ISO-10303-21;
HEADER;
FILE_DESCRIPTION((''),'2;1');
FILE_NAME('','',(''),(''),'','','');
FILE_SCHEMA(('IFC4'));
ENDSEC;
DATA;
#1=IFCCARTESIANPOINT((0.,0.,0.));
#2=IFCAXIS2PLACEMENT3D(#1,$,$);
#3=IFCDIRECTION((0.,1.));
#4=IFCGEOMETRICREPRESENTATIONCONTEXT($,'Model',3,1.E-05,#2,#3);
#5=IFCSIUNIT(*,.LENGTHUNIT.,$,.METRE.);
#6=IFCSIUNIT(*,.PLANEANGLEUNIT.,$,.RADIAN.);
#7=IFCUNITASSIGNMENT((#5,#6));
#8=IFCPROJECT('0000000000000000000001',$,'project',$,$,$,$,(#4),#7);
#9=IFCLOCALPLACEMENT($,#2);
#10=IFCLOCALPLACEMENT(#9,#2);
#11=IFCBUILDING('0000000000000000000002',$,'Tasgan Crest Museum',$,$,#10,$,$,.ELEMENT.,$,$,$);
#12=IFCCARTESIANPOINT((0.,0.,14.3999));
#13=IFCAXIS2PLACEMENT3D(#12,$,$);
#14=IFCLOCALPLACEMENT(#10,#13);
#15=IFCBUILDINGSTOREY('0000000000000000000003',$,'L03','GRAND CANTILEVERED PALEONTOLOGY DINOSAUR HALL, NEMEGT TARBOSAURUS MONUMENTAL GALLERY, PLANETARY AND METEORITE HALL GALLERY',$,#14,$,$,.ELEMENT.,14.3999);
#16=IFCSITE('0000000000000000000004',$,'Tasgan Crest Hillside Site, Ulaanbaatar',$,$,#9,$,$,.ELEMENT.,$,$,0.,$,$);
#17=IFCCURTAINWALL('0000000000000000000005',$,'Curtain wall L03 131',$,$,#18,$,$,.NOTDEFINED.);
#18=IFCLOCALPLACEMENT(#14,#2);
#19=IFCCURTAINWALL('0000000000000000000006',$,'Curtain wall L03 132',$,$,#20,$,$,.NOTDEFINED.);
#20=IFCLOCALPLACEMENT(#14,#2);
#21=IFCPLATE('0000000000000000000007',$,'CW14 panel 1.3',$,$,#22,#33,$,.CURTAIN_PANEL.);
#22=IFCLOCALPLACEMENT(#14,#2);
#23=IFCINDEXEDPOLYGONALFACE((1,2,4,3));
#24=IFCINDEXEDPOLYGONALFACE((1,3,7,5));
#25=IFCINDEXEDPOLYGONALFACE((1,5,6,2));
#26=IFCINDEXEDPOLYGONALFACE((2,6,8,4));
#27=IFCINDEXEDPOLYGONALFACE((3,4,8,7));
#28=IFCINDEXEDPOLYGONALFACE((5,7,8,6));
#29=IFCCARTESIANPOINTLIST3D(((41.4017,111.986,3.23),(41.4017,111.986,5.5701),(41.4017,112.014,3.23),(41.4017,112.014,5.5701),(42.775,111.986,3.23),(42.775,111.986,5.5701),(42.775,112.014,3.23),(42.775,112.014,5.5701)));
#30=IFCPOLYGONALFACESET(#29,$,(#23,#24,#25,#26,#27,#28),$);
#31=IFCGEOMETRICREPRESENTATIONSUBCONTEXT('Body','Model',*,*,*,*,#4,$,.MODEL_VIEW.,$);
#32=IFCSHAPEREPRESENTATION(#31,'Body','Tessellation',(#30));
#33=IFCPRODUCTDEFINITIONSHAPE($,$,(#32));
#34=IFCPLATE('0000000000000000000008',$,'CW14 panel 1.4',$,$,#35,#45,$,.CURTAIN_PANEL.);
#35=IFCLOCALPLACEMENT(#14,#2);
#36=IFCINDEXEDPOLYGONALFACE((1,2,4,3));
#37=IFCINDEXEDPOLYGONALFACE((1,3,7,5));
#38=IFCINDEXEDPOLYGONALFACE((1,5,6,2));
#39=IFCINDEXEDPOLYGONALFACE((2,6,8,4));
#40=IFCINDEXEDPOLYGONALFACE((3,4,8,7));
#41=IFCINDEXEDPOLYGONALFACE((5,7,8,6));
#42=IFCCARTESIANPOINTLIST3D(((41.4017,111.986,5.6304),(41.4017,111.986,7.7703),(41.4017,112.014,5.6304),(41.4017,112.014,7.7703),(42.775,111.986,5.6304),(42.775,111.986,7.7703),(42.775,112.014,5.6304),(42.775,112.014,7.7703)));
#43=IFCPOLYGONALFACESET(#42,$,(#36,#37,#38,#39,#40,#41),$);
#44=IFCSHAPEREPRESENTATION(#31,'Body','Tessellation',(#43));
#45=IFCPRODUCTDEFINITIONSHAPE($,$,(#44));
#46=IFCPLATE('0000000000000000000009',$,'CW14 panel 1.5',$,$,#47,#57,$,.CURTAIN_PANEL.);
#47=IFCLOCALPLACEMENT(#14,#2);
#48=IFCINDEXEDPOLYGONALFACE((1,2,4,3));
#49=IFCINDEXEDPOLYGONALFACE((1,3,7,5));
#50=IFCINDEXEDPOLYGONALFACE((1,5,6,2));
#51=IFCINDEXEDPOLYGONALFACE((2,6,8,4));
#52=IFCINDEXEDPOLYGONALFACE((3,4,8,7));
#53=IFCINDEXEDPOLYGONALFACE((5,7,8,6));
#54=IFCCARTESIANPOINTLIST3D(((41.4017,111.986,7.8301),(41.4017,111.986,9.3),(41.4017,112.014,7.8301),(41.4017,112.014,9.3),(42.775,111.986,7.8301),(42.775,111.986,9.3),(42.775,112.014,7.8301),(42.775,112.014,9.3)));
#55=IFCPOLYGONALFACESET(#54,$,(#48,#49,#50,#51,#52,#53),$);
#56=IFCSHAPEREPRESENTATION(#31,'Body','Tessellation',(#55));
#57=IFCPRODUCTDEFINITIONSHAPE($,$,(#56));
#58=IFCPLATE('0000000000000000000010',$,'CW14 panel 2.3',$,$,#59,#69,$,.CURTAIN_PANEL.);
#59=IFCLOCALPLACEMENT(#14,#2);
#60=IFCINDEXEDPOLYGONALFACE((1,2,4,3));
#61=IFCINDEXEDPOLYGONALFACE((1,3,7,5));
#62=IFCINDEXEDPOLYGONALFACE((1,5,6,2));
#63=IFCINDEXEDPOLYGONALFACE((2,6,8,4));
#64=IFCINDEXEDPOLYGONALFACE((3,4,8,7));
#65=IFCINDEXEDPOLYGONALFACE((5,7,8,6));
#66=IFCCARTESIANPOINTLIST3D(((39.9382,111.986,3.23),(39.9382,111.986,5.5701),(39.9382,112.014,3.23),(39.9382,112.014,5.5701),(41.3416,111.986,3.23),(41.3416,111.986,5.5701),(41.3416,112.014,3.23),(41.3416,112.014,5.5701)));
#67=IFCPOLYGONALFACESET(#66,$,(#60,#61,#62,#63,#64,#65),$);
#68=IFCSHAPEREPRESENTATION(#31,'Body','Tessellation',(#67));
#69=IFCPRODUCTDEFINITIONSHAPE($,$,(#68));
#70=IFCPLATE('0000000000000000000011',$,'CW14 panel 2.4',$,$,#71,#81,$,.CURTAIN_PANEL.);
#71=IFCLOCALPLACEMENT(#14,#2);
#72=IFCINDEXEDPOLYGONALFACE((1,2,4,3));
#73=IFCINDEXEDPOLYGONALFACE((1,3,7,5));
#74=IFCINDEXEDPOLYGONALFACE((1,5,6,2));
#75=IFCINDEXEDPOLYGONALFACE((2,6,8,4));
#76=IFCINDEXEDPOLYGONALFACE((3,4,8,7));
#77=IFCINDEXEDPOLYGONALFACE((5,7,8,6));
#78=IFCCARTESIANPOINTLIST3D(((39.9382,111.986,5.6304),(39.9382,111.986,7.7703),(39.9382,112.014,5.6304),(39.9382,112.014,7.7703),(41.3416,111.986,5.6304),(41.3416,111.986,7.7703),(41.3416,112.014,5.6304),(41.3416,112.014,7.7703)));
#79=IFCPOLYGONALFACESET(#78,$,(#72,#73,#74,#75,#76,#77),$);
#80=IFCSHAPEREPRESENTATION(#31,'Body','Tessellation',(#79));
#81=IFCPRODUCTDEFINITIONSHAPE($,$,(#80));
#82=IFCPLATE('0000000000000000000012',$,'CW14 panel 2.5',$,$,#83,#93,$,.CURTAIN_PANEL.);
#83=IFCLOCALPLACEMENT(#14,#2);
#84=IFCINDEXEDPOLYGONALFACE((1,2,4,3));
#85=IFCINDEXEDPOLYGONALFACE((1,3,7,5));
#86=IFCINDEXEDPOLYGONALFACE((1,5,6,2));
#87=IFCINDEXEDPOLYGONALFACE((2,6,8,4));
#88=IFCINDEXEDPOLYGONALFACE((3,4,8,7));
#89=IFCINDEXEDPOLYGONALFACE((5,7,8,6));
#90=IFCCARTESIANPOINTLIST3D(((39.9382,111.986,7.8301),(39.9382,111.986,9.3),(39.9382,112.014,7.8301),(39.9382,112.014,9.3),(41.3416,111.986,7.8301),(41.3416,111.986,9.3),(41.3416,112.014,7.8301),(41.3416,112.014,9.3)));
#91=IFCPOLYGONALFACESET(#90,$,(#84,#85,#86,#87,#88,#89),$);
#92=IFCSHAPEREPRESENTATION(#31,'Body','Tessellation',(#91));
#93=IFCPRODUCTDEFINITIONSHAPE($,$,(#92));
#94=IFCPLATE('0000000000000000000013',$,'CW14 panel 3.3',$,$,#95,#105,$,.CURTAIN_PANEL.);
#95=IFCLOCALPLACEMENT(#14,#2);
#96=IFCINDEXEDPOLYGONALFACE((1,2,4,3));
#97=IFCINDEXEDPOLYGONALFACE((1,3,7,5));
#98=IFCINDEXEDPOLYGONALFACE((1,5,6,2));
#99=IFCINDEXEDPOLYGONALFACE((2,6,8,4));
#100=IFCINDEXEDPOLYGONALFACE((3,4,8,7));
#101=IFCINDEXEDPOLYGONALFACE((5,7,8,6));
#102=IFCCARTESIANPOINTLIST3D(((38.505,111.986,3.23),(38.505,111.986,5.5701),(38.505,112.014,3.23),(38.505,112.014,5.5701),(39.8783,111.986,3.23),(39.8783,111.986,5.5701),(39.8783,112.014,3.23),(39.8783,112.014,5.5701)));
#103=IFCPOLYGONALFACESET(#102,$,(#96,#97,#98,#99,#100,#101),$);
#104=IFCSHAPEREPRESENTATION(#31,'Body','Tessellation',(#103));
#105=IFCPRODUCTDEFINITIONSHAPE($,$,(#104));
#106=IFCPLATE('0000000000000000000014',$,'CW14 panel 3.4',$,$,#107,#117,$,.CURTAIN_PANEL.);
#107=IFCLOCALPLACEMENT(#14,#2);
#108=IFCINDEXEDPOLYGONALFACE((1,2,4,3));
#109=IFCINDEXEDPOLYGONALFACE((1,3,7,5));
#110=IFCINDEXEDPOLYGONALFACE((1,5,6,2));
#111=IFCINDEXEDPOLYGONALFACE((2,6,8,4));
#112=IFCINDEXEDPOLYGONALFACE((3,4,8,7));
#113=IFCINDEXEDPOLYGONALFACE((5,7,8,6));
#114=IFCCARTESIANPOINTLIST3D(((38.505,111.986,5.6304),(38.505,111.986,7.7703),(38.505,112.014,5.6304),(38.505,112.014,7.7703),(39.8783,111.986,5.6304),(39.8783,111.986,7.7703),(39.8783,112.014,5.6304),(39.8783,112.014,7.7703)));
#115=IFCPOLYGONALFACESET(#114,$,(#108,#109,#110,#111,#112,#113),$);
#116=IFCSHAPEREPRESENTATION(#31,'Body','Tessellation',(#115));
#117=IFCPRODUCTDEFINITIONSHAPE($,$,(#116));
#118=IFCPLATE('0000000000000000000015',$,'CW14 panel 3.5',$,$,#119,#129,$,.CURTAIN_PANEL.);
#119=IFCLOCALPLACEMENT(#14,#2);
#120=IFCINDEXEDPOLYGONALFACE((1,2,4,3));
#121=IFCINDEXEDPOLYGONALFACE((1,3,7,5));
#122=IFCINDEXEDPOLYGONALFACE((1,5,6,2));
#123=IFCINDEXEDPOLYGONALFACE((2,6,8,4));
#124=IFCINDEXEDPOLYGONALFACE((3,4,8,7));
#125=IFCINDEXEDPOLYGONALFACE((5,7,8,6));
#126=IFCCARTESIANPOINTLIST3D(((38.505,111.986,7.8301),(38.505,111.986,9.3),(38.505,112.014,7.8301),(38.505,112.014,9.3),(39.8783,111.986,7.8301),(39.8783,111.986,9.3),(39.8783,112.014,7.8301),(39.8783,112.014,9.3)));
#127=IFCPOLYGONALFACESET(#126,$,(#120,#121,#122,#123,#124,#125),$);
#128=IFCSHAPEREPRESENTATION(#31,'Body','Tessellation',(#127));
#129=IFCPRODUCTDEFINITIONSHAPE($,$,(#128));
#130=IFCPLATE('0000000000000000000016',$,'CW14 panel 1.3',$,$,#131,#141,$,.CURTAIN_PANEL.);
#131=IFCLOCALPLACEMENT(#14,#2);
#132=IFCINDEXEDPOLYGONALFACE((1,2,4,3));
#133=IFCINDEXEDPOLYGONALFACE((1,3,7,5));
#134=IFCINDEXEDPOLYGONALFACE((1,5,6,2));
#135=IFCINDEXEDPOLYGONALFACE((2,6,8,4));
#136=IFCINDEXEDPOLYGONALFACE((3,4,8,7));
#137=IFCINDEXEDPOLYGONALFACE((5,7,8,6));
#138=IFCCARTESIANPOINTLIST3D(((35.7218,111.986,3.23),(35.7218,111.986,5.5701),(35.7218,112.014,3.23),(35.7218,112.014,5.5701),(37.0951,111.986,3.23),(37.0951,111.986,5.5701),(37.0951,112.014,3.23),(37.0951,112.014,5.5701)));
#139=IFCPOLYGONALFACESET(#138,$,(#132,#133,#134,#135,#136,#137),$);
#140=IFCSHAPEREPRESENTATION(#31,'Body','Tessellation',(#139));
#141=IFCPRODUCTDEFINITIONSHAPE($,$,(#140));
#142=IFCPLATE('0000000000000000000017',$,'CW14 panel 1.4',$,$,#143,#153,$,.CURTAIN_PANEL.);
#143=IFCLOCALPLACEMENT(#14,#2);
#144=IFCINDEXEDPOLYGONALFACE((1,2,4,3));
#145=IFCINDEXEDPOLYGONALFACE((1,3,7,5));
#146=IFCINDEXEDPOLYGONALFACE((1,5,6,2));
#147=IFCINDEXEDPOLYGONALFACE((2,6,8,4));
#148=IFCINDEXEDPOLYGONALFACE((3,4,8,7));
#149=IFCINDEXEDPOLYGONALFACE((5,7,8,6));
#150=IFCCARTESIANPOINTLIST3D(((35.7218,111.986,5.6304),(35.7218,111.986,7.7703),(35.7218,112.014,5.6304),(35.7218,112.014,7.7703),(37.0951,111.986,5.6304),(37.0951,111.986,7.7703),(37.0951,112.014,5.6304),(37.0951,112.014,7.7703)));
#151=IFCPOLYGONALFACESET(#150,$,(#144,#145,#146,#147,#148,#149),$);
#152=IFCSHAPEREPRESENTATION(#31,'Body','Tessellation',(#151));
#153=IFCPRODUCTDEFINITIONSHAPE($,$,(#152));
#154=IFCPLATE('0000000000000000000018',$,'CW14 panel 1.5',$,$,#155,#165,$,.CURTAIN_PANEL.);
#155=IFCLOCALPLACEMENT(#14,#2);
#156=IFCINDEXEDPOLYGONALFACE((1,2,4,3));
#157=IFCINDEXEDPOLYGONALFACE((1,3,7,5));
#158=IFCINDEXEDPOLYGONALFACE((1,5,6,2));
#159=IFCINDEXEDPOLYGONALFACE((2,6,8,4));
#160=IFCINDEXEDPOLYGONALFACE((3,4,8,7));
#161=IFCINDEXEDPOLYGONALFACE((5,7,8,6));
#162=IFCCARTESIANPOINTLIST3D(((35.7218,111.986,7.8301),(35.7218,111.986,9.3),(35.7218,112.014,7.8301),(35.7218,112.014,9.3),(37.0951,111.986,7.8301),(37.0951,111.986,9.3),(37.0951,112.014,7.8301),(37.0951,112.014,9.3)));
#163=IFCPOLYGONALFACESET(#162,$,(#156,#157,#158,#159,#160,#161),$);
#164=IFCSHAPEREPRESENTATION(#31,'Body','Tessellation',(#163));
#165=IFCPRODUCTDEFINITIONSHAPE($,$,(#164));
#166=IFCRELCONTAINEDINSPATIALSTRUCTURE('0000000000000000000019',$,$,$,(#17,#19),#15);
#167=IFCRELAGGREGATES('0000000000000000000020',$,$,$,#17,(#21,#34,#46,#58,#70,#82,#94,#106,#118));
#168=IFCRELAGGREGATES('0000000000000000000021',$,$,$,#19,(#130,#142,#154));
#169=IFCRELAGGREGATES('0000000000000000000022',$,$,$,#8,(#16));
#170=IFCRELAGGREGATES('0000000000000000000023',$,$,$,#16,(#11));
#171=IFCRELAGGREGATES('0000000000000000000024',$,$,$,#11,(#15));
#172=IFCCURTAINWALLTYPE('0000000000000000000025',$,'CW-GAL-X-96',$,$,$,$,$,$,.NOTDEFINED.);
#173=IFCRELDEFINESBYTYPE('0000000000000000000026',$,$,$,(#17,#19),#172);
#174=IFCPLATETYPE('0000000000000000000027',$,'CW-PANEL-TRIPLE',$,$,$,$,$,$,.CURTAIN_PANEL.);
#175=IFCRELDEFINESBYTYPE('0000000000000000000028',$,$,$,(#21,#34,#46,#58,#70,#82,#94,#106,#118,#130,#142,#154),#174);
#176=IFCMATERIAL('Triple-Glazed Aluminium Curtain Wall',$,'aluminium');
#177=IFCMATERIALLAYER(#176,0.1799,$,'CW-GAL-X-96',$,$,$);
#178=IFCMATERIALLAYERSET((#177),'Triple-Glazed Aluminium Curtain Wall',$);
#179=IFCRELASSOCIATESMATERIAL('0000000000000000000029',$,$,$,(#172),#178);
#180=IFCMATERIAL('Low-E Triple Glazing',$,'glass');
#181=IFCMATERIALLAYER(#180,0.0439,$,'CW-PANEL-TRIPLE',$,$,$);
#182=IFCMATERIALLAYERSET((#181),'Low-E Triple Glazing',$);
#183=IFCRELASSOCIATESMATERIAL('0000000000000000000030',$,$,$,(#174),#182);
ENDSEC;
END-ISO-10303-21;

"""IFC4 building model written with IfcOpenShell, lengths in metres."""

from ifc_helpers import new_model, si_unit, direction, frame, origin, origin_2d, place, context, subcontext, project, spatial, rectangle, extrude, material, layer, layer_set, type_object, element, aggregate, save


model = new_model("IFC4")

# Units and contexts
model_context = context("Model", 3, precision=1e-05, world=origin(), true_north=direction((0.0, 1.0)))
body_context = subcontext(model_context, "Body", "Model", "MODEL_VIEW")
ifc_project = project(units=[si_unit("LENGTHUNIT", "METRE"), si_unit("PLANEANGLEUNIT", "RADIAN")], contexts=[model_context])

# Site, building, storey
site_placement = place(None, origin())
site = spatial("IfcSite", under=ifc_project, at=site_placement, Name="Tasgan Crest Hillside Site, Ulaanbaatar", CompositionType="ELEMENT", RefElevation=0.0)
building_placement = place(site_placement, origin())
building = spatial("IfcBuilding", under=site, at=building_placement, Name="Tasgan Crest Museum", CompositionType="ELEMENT")
storey_placement = place(building_placement, frame((0.0, 0.0, 14.3999)))
storey = spatial("IfcBuildingStorey", under=building, at=storey_placement, Name="L03", Description="GRAND CANTILEVERED PALEONTOLOGY DINOSAUR HALL, NEMEGT TARBOSAURUS MONUMENTAL GALLERY, PLANETARY AND METEORITE HALL GALLERY", CompositionType="ELEMENT", Elevation=14.3999)

# Curtain walls
ifc_material_1 = material(Name="Triple-Glazed Aluminium Curtain Wall", Category="aluminium")
ifc_layer_1 = layer(ifc_material_1, 0.1799, Name="CW-GAL-X-96")
ifc_layer_set_1 = layer_set([ifc_layer_1], Name="Triple-Glazed Aluminium Curtain Wall")
curtain_wall_type = type_object("IfcCurtainWallType", Name="CW-GAL-X-96", PredefinedType="NOTDEFINED", material=ifc_layer_set_1)
curtain_wall_1_placement = place(storey_placement, origin())
curtain_wall_1 = element("IfcCurtainWall", 1, at=curtain_wall_1_placement, inside=storey, type_object=curtain_wall_type, Name="Curtain wall L03 131", PredefinedType="NOTDEFINED")
curtain_wall_2_placement = place(storey_placement, origin())
curtain_wall_2 = element("IfcCurtainWall", 2, at=curtain_wall_2_placement, inside=storey, type_object=curtain_wall_type, Name="Curtain wall L03 132", PredefinedType="NOTDEFINED")

# Plates
ifc_material_2 = material(Name="Low-E Triple Glazing", Category="glass")
ifc_layer_2 = layer(ifc_material_2, 0.0439, Name="CW-PANEL-TRIPLE")
ifc_layer_set_2 = layer_set([ifc_layer_2], Name="Low-E Triple Glazing")
plate_type = type_object("IfcPlateType", Name="CW-PANEL-TRIPLE", PredefinedType="CURTAIN_PANEL", material=ifc_layer_set_2)
plate_1_placement = place(storey_placement, frame((42.0884, 112.0, 3.23), z_axis=(0.0, 0.0, 1.0), x_axis=(-1.0, 0.0, 0.0)))
plate_1 = element("IfcPlate", 3, at=plate_1_placement, type_object=plate_type, Name="CW14 panel 1.3", PredefinedType="CURTAIN_PANEL", context=body_context, shape_type="SweptSolid", body=[
    extrude(rectangle(XDim=1.3733, YDim=0.0281, at=origin_2d()), origin(), (0.0, 0.0, 1.0), 2.3401),
])
plate_2_placement = place(storey_placement, frame((42.0884, 112.0, 5.6304), z_axis=(0.0, 0.0, 1.0), x_axis=(-1.0, 0.0, 0.0)))
plate_2 = element("IfcPlate", 4, at=plate_2_placement, type_object=plate_type, Name="CW14 panel 1.4", PredefinedType="CURTAIN_PANEL", context=body_context, shape_type="SweptSolid", body=[
    extrude(rectangle(XDim=1.3733, YDim=0.0281, at=origin_2d()), origin(), (0.0, 0.0, 1.0), 2.1399),
])
plate_3_placement = place(storey_placement, frame((42.0884, 112.0, 7.8301), z_axis=(0.0, 0.0, 1.0), x_axis=(-1.0, 0.0, 0.0)))
plate_3 = element("IfcPlate", 5, at=plate_3_placement, type_object=plate_type, Name="CW14 panel 1.5", PredefinedType="CURTAIN_PANEL", context=body_context, shape_type="SweptSolid", body=[
    extrude(rectangle(XDim=1.3733, YDim=0.0281, at=origin_2d()), origin(), (0.0, 0.0, 1.0), 1.47),
])
plate_4_placement = place(storey_placement, frame((40.6399, 112.0, 3.23), z_axis=(0.0, 0.0, 1.0), x_axis=(-1.0, 0.0, 0.0)))
plate_4 = element("IfcPlate", 6, at=plate_4_placement, type_object=plate_type, Name="CW14 panel 2.3", PredefinedType="CURTAIN_PANEL", context=body_context, shape_type="SweptSolid", body=[
    extrude(rectangle(XDim=1.4033, YDim=0.0281, at=origin_2d()), origin(), (0.0, 0.0, 1.0), 2.3401),
])
plate_5_placement = place(storey_placement, frame((40.6399, 112.0, 5.6304), z_axis=(0.0, 0.0, 1.0), x_axis=(-1.0, 0.0, 0.0)))
plate_5 = element("IfcPlate", 7, at=plate_5_placement, type_object=plate_type, Name="CW14 panel 2.4", PredefinedType="CURTAIN_PANEL", context=body_context, shape_type="SweptSolid", body=[
    extrude(rectangle(XDim=1.4033, YDim=0.0281, at=origin_2d()), origin(), (0.0, 0.0, 1.0), 2.1399),
])
plate_6_placement = place(storey_placement, frame((40.6399, 112.0, 7.8301), z_axis=(0.0, 0.0, 1.0), x_axis=(-1.0, 0.0, 0.0)))
plate_6 = element("IfcPlate", 8, at=plate_6_placement, type_object=plate_type, Name="CW14 panel 2.5", PredefinedType="CURTAIN_PANEL", context=body_context, shape_type="SweptSolid", body=[
    extrude(rectangle(XDim=1.4033, YDim=0.0281, at=origin_2d()), origin(), (0.0, 0.0, 1.0), 1.47),
])
plate_7_placement = place(storey_placement, frame((39.1917, 112.0, 3.23), z_axis=(0.0, 0.0, 1.0), x_axis=(-1.0, 0.0, 0.0)))
plate_7 = element("IfcPlate", 9, at=plate_7_placement, type_object=plate_type, Name="CW14 panel 3.3", PredefinedType="CURTAIN_PANEL", context=body_context, shape_type="SweptSolid", body=[
    extrude(rectangle(XDim=1.3733, YDim=0.0281, at=origin_2d()), origin(), (0.0, 0.0, 1.0), 2.3401),
])
plate_8_placement = place(storey_placement, frame((39.1917, 112.0, 5.6304), z_axis=(0.0, 0.0, 1.0), x_axis=(-1.0, 0.0, 0.0)))
plate_8 = element("IfcPlate", 10, at=plate_8_placement, type_object=plate_type, Name="CW14 panel 3.4", PredefinedType="CURTAIN_PANEL", context=body_context, shape_type="SweptSolid", body=[
    extrude(rectangle(XDim=1.3733, YDim=0.0281, at=origin_2d()), origin(), (0.0, 0.0, 1.0), 2.1399),
])
plate_9_placement = place(storey_placement, frame((39.1917, 112.0, 7.8301), z_axis=(0.0, 0.0, 1.0), x_axis=(-1.0, 0.0, 0.0)))
plate_9 = element("IfcPlate", 11, at=plate_9_placement, type_object=plate_type, Name="CW14 panel 3.5", PredefinedType="CURTAIN_PANEL", context=body_context, shape_type="SweptSolid", body=[
    extrude(rectangle(XDim=1.3733, YDim=0.0281, at=origin_2d()), origin(), (0.0, 0.0, 1.0), 1.47),
])
aggregate(curtain_wall_1, [plate_1, plate_2, plate_3, plate_4, plate_5, plate_6, plate_7, plate_8, plate_9])
plate_10_placement = place(storey_placement, frame((36.4084, 112.0, 3.23), z_axis=(0.0, 0.0, 1.0), x_axis=(-1.0, 0.0, 0.0)))
plate_10 = element("IfcPlate", 12, at=plate_10_placement, type_object=plate_type, Name="CW14 panel 1.3", PredefinedType="CURTAIN_PANEL", context=body_context, shape_type="SweptSolid", body=[
    extrude(rectangle(XDim=1.3733, YDim=0.0281, at=origin_2d()), origin(), (0.0, 0.0, 1.0), 2.3401),
])
plate_11_placement = place(storey_placement, frame((36.4084, 112.0, 5.6304), z_axis=(0.0, 0.0, 1.0), x_axis=(-1.0, 0.0, 0.0)))
plate_11 = element("IfcPlate", 13, at=plate_11_placement, type_object=plate_type, Name="CW14 panel 1.4", PredefinedType="CURTAIN_PANEL", context=body_context, shape_type="SweptSolid", body=[
    extrude(rectangle(XDim=1.3733, YDim=0.0281, at=origin_2d()), origin(), (0.0, 0.0, 1.0), 2.1399),
])
plate_12_placement = place(storey_placement, frame((36.4084, 112.0, 7.8301), z_axis=(0.0, 0.0, 1.0), x_axis=(-1.0, 0.0, 0.0)))
plate_12 = element("IfcPlate", 14, at=plate_12_placement, type_object=plate_type, Name="CW14 panel 1.5", PredefinedType="CURTAIN_PANEL", context=body_context, shape_type="SweptSolid", body=[
    extrude(rectangle(XDim=1.3733, YDim=0.0281, at=origin_2d()), origin(), (0.0, 0.0, 1.0), 1.47),
])
aggregate(curtain_wall_2, [plate_10, plate_11, plate_12])

save(model, "model.ifc")
